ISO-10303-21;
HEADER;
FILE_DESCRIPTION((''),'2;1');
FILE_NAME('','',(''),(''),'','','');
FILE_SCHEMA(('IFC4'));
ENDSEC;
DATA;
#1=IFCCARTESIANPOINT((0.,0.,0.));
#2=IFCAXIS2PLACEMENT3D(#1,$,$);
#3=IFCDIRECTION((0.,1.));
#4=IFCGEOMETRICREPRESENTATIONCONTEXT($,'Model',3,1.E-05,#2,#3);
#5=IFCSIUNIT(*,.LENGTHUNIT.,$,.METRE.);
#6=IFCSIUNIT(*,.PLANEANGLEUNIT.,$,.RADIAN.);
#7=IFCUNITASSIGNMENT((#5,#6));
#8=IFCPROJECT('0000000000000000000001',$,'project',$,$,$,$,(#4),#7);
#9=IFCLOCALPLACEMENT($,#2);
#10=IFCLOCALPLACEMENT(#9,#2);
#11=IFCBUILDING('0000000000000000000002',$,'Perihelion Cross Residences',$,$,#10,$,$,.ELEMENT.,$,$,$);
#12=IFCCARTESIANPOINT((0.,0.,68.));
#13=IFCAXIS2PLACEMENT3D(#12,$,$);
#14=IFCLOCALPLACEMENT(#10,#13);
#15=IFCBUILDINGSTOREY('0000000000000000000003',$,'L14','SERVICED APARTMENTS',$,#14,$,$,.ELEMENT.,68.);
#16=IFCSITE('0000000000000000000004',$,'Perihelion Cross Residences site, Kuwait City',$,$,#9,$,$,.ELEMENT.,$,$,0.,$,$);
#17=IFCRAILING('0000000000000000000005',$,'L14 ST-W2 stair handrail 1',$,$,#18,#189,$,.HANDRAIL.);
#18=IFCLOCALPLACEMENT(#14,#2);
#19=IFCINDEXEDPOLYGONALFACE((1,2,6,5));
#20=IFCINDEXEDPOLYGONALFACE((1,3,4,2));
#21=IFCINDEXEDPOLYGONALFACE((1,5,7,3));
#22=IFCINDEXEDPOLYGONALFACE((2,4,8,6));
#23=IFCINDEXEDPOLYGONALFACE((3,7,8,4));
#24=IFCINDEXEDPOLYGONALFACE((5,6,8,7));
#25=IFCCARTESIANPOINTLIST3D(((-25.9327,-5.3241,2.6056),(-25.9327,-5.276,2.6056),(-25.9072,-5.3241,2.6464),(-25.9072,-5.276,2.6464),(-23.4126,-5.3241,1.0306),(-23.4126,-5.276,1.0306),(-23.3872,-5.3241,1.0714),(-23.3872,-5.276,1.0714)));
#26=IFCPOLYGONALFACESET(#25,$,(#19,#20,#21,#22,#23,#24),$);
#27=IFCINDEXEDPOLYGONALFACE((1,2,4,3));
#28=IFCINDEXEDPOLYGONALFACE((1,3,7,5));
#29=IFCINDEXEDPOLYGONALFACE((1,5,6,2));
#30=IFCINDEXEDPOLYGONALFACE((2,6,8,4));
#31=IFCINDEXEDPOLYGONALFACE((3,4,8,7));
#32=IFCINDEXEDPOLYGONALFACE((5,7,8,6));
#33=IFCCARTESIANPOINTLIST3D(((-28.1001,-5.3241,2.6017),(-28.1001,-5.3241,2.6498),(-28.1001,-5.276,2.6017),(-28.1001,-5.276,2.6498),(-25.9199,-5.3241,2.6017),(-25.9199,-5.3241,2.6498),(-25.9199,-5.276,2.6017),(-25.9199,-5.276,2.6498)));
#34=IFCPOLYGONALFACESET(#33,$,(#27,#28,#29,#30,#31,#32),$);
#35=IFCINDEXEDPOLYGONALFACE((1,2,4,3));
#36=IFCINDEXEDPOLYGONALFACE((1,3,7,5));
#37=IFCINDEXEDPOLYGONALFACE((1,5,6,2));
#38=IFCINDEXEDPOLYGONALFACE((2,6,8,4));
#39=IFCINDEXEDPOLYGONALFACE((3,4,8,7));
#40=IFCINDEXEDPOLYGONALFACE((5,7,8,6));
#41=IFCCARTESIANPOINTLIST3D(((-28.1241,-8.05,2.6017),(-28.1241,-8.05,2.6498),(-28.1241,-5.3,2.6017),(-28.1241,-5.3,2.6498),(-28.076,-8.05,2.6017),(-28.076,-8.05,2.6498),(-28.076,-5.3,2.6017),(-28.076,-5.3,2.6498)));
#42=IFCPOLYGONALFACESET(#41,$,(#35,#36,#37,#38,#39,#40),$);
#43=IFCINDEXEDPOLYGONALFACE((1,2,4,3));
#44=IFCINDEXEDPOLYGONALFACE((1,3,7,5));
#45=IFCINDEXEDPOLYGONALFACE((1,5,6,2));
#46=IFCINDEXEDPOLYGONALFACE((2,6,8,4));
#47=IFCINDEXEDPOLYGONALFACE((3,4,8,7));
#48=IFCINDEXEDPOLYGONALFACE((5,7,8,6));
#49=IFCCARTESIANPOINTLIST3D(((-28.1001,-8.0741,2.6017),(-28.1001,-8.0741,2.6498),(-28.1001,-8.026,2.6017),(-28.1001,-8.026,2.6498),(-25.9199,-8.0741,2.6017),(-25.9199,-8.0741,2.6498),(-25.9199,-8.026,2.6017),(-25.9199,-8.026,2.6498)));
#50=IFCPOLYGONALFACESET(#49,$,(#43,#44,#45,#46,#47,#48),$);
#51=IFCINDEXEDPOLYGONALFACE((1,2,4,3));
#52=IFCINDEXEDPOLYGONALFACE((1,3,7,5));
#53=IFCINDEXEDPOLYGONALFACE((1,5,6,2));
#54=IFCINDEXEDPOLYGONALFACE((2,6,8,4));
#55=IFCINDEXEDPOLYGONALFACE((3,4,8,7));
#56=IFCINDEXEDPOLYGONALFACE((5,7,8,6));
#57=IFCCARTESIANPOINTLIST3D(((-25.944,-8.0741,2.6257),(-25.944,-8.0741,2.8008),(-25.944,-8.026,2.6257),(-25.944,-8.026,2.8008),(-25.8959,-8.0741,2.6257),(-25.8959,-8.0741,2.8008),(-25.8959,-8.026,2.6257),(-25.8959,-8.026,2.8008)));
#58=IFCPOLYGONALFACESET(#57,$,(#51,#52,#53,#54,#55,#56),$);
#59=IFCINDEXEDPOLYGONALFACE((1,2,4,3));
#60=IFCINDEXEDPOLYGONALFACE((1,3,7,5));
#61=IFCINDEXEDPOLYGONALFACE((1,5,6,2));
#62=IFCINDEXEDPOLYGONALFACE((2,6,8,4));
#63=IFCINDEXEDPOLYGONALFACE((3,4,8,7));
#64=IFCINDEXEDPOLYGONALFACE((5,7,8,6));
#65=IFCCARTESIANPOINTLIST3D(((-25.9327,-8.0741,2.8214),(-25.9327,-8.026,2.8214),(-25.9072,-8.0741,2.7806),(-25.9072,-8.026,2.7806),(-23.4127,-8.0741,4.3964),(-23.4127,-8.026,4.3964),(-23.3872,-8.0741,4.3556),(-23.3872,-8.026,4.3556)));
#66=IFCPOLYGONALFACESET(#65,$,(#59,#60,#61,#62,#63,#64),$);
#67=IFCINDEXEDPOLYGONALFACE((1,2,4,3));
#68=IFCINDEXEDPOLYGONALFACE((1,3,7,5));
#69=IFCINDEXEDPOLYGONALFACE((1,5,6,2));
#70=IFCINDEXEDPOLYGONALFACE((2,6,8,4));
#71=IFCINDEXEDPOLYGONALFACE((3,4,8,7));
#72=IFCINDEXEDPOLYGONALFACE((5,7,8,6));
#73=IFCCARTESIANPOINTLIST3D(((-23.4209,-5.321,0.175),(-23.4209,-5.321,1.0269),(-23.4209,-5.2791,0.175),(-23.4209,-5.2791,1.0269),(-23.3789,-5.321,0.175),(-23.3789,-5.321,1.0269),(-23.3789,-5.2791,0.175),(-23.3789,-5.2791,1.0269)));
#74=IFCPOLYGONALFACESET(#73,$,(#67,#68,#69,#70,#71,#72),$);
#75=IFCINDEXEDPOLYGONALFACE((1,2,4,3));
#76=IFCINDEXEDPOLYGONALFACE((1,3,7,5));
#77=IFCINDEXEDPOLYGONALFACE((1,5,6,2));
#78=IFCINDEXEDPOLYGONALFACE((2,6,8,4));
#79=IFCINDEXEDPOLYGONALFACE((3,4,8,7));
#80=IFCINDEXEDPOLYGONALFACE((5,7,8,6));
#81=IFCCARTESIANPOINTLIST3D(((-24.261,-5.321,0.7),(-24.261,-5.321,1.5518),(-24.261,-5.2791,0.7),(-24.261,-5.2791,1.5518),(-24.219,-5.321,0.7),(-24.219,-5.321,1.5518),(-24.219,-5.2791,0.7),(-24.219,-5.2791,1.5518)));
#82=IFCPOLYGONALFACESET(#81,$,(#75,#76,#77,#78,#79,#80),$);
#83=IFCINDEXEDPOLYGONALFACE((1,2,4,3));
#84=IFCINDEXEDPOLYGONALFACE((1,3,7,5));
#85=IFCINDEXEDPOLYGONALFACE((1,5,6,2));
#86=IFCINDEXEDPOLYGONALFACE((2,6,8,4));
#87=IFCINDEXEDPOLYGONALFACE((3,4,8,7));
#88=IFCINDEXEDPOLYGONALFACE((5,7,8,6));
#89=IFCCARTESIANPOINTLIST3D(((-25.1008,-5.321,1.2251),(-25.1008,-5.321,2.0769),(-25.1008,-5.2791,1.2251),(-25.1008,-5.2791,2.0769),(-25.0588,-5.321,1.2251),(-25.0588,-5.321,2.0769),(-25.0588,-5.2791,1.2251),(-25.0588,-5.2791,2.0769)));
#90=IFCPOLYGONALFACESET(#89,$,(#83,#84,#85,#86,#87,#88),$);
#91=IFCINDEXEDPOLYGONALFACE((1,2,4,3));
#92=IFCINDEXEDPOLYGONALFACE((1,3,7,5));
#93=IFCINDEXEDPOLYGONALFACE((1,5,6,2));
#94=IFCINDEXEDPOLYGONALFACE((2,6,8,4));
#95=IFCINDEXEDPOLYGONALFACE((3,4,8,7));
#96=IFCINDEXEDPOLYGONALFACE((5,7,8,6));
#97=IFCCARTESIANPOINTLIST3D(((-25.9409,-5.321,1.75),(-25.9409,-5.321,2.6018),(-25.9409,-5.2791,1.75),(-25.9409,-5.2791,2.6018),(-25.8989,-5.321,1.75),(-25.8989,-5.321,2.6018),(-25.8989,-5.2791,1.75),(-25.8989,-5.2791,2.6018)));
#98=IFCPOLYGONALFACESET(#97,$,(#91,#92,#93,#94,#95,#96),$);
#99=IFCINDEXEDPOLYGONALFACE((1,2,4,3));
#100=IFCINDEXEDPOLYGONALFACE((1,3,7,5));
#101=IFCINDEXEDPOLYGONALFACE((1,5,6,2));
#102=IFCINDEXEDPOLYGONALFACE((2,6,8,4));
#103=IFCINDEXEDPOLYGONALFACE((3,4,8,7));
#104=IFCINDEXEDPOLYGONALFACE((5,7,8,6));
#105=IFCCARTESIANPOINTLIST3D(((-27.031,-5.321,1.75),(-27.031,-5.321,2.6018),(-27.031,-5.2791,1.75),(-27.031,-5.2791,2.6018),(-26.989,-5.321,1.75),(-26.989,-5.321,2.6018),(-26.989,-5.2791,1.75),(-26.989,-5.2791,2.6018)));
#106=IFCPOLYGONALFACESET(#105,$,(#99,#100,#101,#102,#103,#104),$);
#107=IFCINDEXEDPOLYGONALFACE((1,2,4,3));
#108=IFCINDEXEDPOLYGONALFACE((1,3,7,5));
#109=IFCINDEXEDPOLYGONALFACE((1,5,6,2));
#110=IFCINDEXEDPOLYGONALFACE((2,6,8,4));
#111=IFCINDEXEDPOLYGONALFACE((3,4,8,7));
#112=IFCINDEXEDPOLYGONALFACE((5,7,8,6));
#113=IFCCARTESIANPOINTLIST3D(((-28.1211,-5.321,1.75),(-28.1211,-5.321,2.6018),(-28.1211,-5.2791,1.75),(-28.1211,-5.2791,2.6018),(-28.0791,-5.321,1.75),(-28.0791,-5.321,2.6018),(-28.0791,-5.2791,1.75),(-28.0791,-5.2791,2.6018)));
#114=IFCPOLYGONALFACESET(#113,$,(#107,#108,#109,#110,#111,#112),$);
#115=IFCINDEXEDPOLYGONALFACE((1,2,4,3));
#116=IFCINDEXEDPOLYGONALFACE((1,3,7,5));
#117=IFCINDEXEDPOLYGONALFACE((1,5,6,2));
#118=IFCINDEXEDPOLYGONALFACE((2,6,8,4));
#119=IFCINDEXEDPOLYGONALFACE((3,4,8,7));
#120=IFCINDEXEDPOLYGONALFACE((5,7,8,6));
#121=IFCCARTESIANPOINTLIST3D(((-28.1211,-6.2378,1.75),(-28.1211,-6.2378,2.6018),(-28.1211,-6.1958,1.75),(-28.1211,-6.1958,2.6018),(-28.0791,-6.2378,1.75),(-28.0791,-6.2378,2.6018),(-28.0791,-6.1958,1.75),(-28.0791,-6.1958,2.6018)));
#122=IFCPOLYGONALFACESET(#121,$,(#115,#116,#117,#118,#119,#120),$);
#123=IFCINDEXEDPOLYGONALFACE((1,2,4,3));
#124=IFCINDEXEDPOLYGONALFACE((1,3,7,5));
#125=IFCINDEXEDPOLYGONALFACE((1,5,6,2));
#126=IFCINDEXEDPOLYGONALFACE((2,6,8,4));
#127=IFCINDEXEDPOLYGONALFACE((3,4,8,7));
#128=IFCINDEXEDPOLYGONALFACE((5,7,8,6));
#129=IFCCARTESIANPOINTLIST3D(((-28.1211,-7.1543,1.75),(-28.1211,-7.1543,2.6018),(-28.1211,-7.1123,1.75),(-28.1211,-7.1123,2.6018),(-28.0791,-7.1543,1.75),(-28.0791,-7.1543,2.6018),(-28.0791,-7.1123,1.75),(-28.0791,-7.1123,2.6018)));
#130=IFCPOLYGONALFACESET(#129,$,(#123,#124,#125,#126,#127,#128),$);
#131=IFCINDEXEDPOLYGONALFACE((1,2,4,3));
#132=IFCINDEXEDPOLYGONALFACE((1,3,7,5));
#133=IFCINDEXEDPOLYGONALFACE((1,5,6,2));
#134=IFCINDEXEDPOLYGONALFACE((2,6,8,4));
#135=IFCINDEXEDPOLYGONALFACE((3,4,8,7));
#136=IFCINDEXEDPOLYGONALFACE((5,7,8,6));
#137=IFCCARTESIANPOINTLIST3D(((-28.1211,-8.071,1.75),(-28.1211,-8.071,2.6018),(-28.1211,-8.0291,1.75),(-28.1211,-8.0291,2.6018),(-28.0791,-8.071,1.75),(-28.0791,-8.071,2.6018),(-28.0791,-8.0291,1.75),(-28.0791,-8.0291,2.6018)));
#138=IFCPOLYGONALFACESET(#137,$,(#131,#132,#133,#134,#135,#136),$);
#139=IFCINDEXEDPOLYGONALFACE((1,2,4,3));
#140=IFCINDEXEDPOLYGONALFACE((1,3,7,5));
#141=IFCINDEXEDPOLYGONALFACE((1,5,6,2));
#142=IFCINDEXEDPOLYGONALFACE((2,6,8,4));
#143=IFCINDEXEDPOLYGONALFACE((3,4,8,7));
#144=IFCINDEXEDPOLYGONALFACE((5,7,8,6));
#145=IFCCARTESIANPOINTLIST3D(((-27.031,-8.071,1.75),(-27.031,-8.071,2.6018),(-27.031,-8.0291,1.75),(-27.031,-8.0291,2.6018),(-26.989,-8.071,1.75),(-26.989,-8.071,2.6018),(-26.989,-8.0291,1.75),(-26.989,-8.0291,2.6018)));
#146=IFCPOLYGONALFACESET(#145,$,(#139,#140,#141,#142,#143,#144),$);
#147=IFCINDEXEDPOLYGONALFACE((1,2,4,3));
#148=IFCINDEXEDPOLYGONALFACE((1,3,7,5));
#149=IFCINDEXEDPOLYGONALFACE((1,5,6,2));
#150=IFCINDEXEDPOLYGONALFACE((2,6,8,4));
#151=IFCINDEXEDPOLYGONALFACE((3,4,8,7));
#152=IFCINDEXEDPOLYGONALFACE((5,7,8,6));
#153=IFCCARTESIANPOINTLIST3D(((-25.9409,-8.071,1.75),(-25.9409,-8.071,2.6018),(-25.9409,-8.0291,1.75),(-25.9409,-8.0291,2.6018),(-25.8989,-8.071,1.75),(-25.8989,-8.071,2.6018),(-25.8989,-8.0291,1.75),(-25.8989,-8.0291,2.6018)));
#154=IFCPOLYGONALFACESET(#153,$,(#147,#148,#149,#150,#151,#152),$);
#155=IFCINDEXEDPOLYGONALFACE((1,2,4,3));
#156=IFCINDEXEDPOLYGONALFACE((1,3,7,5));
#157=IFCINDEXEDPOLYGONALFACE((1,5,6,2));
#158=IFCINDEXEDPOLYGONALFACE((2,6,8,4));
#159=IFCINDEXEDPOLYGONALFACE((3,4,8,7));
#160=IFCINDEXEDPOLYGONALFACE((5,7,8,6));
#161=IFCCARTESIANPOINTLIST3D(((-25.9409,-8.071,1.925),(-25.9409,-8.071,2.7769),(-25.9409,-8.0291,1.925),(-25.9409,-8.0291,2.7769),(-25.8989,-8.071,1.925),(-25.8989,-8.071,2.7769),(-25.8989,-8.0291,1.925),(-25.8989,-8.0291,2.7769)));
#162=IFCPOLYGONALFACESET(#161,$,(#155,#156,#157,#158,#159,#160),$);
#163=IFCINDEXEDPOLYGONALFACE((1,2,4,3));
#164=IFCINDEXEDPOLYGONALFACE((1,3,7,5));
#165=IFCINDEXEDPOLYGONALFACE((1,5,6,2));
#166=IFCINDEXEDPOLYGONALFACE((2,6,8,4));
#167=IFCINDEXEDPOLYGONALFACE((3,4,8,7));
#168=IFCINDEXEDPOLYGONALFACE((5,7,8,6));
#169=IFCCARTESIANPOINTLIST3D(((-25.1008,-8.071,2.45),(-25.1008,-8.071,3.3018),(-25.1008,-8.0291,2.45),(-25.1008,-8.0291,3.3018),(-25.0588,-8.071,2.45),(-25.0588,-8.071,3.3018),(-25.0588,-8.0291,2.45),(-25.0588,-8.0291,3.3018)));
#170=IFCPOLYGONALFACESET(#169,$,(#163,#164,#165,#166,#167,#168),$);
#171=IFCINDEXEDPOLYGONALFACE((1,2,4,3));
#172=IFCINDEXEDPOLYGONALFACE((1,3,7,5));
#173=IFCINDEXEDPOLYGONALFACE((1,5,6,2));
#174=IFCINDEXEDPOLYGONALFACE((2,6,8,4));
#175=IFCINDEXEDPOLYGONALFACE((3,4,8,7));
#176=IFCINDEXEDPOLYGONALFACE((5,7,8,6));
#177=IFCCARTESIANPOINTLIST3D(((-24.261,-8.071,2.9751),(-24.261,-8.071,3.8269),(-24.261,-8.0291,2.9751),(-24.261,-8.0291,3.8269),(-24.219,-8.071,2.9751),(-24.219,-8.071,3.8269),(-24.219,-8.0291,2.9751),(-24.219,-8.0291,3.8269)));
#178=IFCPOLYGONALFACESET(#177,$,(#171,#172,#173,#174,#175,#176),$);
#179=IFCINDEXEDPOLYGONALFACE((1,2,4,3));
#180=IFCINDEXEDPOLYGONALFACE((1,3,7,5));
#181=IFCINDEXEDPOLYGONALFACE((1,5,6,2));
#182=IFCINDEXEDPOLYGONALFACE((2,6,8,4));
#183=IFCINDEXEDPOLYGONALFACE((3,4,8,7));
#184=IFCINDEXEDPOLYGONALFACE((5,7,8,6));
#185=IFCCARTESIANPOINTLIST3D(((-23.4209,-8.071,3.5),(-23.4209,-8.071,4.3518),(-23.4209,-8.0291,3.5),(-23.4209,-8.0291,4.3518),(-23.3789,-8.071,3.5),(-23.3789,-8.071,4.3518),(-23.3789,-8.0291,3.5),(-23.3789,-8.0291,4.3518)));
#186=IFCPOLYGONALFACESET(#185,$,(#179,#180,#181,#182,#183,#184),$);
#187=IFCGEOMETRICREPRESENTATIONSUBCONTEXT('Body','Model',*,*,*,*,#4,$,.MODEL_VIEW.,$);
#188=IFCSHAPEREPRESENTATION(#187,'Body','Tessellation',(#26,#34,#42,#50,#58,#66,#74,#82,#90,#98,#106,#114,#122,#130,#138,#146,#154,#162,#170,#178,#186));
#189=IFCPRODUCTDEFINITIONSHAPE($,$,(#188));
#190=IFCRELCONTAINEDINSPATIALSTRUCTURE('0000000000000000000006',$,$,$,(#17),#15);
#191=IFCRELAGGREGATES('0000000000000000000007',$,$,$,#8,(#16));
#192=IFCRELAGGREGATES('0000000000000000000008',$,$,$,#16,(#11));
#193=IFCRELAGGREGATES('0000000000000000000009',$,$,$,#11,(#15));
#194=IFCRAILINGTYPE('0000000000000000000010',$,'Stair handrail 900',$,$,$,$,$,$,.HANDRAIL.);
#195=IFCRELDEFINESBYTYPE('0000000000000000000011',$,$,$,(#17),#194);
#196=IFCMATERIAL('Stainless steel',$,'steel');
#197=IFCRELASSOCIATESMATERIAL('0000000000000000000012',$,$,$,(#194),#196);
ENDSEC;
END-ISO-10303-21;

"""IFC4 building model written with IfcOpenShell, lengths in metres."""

from ifc_helpers import new_model, si_unit, direction, frame, origin, origin_2d, place, context, subcontext, project, spatial, rectangle, extrude, material, type_object, element, save


model = new_model("IFC4")

# Units and contexts
model_context = context("Model", 3, precision=1e-05, world=origin(), true_north=direction((0.0, 1.0)))
body_context = subcontext(model_context, "Body", "Model", "MODEL_VIEW")
ifc_project = project(units=[si_unit("LENGTHUNIT", "METRE"), si_unit("PLANEANGLEUNIT", "RADIAN")], contexts=[model_context])

# Site, building, storey
site_placement = place(None, origin())
site = spatial("IfcSite", under=ifc_project, at=site_placement, Name="Perihelion Cross Residences site, Kuwait City", CompositionType="ELEMENT", RefElevation=0.0)
building_placement = place(site_placement, origin())
building = spatial("IfcBuilding", under=site, at=building_placement, Name="Perihelion Cross Residences", CompositionType="ELEMENT")
storey_placement = place(building_placement, frame((0.0, 0.0, 68.0)))
storey = spatial("IfcBuildingStorey", under=building, at=storey_placement, Name="L14", Description="SERVICED APARTMENTS", CompositionType="ELEMENT", Elevation=68.0)

# Railing
ifc_material_1 = material(Name="Stainless steel", Category="steel")
railing_type_1 = type_object("IfcRailingType", Name="Stair handrail 900", PredefinedType="HANDRAIL", material=ifc_material_1)
railing_1_placement = place(storey_placement, frame((-23.3999, -5.3, 0.175)))
element("IfcRailing", 1, at=railing_1_placement, inside=storey, type_object=railing_type_1, Name="L14 ST-W2 stair handrail 1", PredefinedType="HANDRAIL", context=body_context, shape_type="SweptSolid", body=[
    extrude(rectangle(XDim=0.0481, YDim=0.0481, at=origin_2d()), frame((0.0, 0.0, 0.876), z_axis=(-0.848008, 0.0, 0.529984), x_axis=(0.0, -1.0, 0.0)), (0.0, 0.0, 1.0), 2.9717),
    extrude(rectangle(XDim=0.0481, YDim=0.0481, at=origin_2d()), frame((-2.52, 0.0, 2.4507), z_axis=(-1.0, 0.0, 0.0), x_axis=(0.0, -1.0, 0.0)), (0.0, 0.0, 1.0), 2.1802),
    extrude(rectangle(XDim=0.0481, YDim=0.0481, at=origin_2d()), frame((-4.7002, 0.0, 2.4507), z_axis=(0.0, -1.0, 0.0), x_axis=(1.0, 0.0, 0.0)), (0.0, 0.0, 1.0), 2.75),
    extrude(rectangle(XDim=0.0481, YDim=0.0481, at=origin_2d()), frame((-4.7002, -2.75, 2.4507), z_axis=(1.0, 0.0, 0.0), x_axis=(0.0, 1.0, 0.0)), (0.0, 0.0, 1.0), 2.1802),
    extrude(rectangle(XDim=0.0481, YDim=0.0481, at=origin_2d()), frame((-2.52, -2.75, 2.4507), z_axis=(0.0, 0.0, 1.0), x_axis=(1.0, 0.0, 0.0)), (0.0, 0.0, 1.0), 0.175),
    extrude(rectangle(XDim=0.0481, YDim=0.0481, at=origin_2d()), frame((-2.52, -2.75, 2.626), z_axis=(0.848008, 0.0, 0.529984), x_axis=(0.0, 1.0, 0.0)), (0.0, 0.0, 1.0), 2.9717),
    extrude(rectangle(XDim=0.042, YDim=0.042, at=origin_2d()), origin(), (0.0, 0.0, 1.0), 0.8518),
    extrude(rectangle(XDim=0.042, YDim=0.042, at=origin_2d()), frame((-0.8401, 0.0, 0.5249)), (0.0, 0.0, 1.0), 0.8518),
    extrude(rectangle(XDim=0.042, YDim=0.042, at=origin_2d()), frame((-1.6799, 0.0, 1.05)), (0.0, 0.0, 1.0), 0.8518),
    extrude(rectangle(XDim=0.042, YDim=0.042, at=origin_2d()), frame((-2.52, 0.0, 1.575)), (0.0, 0.0, 1.0), 0.8518),
    extrude(rectangle(XDim=0.042, YDim=0.042, at=origin_2d()), frame((-3.6101, 0.0, 1.575)), (0.0, 0.0, 1.0), 0.8518),
    extrude(rectangle(XDim=0.042, YDim=0.042, at=origin_2d()), frame((-4.7002, 0.0, 1.575)), (0.0, 0.0, 1.0), 0.8518),
    extrude(rectangle(XDim=0.042, YDim=0.042, at=origin_2d()), frame((-4.7002, -0.9167, 1.575)), (0.0, 0.0, 1.0), 0.8518),
    extrude(rectangle(XDim=0.042, YDim=0.042, at=origin_2d()), frame((-4.7002, -1.8333, 1.575)), (0.0, 0.0, 1.0), 0.8518),
    extrude(rectangle(XDim=0.042, YDim=0.042, at=origin_2d()), frame((-4.7002, -2.75, 1.575)), (0.0, 0.0, 1.0), 0.8518),
    extrude(rectangle(XDim=0.042, YDim=0.042, at=origin_2d()), frame((-3.6101, -2.75, 1.575)), (0.0, 0.0, 1.0), 0.8518),
    extrude(rectangle(XDim=0.042, YDim=0.042, at=origin_2d()), frame((-2.52, -2.75, 1.575)), (0.0, 0.0, 1.0), 0.8518),
    extrude(rectangle(XDim=0.042, YDim=0.042, at=origin_2d()), frame((-2.52, -2.75, 1.75)), (0.0, 0.0, 1.0), 0.8518),
    extrude(rectangle(XDim=0.042, YDim=0.042, at=origin_2d()), frame((-1.6799, -2.75, 2.2749)), (0.0, 0.0, 1.0), 0.8518),
    extrude(rectangle(XDim=0.042, YDim=0.042, at=origin_2d()), frame((-0.8401, -2.75, 2.8)), (0.0, 0.0, 1.0), 0.8518),
    extrude(rectangle(XDim=0.042, YDim=0.042, at=origin_2d()), frame((0.0, -2.75, 3.325)), (0.0, 0.0, 1.0), 0.8518),
])

save(model, "model.ifc")
